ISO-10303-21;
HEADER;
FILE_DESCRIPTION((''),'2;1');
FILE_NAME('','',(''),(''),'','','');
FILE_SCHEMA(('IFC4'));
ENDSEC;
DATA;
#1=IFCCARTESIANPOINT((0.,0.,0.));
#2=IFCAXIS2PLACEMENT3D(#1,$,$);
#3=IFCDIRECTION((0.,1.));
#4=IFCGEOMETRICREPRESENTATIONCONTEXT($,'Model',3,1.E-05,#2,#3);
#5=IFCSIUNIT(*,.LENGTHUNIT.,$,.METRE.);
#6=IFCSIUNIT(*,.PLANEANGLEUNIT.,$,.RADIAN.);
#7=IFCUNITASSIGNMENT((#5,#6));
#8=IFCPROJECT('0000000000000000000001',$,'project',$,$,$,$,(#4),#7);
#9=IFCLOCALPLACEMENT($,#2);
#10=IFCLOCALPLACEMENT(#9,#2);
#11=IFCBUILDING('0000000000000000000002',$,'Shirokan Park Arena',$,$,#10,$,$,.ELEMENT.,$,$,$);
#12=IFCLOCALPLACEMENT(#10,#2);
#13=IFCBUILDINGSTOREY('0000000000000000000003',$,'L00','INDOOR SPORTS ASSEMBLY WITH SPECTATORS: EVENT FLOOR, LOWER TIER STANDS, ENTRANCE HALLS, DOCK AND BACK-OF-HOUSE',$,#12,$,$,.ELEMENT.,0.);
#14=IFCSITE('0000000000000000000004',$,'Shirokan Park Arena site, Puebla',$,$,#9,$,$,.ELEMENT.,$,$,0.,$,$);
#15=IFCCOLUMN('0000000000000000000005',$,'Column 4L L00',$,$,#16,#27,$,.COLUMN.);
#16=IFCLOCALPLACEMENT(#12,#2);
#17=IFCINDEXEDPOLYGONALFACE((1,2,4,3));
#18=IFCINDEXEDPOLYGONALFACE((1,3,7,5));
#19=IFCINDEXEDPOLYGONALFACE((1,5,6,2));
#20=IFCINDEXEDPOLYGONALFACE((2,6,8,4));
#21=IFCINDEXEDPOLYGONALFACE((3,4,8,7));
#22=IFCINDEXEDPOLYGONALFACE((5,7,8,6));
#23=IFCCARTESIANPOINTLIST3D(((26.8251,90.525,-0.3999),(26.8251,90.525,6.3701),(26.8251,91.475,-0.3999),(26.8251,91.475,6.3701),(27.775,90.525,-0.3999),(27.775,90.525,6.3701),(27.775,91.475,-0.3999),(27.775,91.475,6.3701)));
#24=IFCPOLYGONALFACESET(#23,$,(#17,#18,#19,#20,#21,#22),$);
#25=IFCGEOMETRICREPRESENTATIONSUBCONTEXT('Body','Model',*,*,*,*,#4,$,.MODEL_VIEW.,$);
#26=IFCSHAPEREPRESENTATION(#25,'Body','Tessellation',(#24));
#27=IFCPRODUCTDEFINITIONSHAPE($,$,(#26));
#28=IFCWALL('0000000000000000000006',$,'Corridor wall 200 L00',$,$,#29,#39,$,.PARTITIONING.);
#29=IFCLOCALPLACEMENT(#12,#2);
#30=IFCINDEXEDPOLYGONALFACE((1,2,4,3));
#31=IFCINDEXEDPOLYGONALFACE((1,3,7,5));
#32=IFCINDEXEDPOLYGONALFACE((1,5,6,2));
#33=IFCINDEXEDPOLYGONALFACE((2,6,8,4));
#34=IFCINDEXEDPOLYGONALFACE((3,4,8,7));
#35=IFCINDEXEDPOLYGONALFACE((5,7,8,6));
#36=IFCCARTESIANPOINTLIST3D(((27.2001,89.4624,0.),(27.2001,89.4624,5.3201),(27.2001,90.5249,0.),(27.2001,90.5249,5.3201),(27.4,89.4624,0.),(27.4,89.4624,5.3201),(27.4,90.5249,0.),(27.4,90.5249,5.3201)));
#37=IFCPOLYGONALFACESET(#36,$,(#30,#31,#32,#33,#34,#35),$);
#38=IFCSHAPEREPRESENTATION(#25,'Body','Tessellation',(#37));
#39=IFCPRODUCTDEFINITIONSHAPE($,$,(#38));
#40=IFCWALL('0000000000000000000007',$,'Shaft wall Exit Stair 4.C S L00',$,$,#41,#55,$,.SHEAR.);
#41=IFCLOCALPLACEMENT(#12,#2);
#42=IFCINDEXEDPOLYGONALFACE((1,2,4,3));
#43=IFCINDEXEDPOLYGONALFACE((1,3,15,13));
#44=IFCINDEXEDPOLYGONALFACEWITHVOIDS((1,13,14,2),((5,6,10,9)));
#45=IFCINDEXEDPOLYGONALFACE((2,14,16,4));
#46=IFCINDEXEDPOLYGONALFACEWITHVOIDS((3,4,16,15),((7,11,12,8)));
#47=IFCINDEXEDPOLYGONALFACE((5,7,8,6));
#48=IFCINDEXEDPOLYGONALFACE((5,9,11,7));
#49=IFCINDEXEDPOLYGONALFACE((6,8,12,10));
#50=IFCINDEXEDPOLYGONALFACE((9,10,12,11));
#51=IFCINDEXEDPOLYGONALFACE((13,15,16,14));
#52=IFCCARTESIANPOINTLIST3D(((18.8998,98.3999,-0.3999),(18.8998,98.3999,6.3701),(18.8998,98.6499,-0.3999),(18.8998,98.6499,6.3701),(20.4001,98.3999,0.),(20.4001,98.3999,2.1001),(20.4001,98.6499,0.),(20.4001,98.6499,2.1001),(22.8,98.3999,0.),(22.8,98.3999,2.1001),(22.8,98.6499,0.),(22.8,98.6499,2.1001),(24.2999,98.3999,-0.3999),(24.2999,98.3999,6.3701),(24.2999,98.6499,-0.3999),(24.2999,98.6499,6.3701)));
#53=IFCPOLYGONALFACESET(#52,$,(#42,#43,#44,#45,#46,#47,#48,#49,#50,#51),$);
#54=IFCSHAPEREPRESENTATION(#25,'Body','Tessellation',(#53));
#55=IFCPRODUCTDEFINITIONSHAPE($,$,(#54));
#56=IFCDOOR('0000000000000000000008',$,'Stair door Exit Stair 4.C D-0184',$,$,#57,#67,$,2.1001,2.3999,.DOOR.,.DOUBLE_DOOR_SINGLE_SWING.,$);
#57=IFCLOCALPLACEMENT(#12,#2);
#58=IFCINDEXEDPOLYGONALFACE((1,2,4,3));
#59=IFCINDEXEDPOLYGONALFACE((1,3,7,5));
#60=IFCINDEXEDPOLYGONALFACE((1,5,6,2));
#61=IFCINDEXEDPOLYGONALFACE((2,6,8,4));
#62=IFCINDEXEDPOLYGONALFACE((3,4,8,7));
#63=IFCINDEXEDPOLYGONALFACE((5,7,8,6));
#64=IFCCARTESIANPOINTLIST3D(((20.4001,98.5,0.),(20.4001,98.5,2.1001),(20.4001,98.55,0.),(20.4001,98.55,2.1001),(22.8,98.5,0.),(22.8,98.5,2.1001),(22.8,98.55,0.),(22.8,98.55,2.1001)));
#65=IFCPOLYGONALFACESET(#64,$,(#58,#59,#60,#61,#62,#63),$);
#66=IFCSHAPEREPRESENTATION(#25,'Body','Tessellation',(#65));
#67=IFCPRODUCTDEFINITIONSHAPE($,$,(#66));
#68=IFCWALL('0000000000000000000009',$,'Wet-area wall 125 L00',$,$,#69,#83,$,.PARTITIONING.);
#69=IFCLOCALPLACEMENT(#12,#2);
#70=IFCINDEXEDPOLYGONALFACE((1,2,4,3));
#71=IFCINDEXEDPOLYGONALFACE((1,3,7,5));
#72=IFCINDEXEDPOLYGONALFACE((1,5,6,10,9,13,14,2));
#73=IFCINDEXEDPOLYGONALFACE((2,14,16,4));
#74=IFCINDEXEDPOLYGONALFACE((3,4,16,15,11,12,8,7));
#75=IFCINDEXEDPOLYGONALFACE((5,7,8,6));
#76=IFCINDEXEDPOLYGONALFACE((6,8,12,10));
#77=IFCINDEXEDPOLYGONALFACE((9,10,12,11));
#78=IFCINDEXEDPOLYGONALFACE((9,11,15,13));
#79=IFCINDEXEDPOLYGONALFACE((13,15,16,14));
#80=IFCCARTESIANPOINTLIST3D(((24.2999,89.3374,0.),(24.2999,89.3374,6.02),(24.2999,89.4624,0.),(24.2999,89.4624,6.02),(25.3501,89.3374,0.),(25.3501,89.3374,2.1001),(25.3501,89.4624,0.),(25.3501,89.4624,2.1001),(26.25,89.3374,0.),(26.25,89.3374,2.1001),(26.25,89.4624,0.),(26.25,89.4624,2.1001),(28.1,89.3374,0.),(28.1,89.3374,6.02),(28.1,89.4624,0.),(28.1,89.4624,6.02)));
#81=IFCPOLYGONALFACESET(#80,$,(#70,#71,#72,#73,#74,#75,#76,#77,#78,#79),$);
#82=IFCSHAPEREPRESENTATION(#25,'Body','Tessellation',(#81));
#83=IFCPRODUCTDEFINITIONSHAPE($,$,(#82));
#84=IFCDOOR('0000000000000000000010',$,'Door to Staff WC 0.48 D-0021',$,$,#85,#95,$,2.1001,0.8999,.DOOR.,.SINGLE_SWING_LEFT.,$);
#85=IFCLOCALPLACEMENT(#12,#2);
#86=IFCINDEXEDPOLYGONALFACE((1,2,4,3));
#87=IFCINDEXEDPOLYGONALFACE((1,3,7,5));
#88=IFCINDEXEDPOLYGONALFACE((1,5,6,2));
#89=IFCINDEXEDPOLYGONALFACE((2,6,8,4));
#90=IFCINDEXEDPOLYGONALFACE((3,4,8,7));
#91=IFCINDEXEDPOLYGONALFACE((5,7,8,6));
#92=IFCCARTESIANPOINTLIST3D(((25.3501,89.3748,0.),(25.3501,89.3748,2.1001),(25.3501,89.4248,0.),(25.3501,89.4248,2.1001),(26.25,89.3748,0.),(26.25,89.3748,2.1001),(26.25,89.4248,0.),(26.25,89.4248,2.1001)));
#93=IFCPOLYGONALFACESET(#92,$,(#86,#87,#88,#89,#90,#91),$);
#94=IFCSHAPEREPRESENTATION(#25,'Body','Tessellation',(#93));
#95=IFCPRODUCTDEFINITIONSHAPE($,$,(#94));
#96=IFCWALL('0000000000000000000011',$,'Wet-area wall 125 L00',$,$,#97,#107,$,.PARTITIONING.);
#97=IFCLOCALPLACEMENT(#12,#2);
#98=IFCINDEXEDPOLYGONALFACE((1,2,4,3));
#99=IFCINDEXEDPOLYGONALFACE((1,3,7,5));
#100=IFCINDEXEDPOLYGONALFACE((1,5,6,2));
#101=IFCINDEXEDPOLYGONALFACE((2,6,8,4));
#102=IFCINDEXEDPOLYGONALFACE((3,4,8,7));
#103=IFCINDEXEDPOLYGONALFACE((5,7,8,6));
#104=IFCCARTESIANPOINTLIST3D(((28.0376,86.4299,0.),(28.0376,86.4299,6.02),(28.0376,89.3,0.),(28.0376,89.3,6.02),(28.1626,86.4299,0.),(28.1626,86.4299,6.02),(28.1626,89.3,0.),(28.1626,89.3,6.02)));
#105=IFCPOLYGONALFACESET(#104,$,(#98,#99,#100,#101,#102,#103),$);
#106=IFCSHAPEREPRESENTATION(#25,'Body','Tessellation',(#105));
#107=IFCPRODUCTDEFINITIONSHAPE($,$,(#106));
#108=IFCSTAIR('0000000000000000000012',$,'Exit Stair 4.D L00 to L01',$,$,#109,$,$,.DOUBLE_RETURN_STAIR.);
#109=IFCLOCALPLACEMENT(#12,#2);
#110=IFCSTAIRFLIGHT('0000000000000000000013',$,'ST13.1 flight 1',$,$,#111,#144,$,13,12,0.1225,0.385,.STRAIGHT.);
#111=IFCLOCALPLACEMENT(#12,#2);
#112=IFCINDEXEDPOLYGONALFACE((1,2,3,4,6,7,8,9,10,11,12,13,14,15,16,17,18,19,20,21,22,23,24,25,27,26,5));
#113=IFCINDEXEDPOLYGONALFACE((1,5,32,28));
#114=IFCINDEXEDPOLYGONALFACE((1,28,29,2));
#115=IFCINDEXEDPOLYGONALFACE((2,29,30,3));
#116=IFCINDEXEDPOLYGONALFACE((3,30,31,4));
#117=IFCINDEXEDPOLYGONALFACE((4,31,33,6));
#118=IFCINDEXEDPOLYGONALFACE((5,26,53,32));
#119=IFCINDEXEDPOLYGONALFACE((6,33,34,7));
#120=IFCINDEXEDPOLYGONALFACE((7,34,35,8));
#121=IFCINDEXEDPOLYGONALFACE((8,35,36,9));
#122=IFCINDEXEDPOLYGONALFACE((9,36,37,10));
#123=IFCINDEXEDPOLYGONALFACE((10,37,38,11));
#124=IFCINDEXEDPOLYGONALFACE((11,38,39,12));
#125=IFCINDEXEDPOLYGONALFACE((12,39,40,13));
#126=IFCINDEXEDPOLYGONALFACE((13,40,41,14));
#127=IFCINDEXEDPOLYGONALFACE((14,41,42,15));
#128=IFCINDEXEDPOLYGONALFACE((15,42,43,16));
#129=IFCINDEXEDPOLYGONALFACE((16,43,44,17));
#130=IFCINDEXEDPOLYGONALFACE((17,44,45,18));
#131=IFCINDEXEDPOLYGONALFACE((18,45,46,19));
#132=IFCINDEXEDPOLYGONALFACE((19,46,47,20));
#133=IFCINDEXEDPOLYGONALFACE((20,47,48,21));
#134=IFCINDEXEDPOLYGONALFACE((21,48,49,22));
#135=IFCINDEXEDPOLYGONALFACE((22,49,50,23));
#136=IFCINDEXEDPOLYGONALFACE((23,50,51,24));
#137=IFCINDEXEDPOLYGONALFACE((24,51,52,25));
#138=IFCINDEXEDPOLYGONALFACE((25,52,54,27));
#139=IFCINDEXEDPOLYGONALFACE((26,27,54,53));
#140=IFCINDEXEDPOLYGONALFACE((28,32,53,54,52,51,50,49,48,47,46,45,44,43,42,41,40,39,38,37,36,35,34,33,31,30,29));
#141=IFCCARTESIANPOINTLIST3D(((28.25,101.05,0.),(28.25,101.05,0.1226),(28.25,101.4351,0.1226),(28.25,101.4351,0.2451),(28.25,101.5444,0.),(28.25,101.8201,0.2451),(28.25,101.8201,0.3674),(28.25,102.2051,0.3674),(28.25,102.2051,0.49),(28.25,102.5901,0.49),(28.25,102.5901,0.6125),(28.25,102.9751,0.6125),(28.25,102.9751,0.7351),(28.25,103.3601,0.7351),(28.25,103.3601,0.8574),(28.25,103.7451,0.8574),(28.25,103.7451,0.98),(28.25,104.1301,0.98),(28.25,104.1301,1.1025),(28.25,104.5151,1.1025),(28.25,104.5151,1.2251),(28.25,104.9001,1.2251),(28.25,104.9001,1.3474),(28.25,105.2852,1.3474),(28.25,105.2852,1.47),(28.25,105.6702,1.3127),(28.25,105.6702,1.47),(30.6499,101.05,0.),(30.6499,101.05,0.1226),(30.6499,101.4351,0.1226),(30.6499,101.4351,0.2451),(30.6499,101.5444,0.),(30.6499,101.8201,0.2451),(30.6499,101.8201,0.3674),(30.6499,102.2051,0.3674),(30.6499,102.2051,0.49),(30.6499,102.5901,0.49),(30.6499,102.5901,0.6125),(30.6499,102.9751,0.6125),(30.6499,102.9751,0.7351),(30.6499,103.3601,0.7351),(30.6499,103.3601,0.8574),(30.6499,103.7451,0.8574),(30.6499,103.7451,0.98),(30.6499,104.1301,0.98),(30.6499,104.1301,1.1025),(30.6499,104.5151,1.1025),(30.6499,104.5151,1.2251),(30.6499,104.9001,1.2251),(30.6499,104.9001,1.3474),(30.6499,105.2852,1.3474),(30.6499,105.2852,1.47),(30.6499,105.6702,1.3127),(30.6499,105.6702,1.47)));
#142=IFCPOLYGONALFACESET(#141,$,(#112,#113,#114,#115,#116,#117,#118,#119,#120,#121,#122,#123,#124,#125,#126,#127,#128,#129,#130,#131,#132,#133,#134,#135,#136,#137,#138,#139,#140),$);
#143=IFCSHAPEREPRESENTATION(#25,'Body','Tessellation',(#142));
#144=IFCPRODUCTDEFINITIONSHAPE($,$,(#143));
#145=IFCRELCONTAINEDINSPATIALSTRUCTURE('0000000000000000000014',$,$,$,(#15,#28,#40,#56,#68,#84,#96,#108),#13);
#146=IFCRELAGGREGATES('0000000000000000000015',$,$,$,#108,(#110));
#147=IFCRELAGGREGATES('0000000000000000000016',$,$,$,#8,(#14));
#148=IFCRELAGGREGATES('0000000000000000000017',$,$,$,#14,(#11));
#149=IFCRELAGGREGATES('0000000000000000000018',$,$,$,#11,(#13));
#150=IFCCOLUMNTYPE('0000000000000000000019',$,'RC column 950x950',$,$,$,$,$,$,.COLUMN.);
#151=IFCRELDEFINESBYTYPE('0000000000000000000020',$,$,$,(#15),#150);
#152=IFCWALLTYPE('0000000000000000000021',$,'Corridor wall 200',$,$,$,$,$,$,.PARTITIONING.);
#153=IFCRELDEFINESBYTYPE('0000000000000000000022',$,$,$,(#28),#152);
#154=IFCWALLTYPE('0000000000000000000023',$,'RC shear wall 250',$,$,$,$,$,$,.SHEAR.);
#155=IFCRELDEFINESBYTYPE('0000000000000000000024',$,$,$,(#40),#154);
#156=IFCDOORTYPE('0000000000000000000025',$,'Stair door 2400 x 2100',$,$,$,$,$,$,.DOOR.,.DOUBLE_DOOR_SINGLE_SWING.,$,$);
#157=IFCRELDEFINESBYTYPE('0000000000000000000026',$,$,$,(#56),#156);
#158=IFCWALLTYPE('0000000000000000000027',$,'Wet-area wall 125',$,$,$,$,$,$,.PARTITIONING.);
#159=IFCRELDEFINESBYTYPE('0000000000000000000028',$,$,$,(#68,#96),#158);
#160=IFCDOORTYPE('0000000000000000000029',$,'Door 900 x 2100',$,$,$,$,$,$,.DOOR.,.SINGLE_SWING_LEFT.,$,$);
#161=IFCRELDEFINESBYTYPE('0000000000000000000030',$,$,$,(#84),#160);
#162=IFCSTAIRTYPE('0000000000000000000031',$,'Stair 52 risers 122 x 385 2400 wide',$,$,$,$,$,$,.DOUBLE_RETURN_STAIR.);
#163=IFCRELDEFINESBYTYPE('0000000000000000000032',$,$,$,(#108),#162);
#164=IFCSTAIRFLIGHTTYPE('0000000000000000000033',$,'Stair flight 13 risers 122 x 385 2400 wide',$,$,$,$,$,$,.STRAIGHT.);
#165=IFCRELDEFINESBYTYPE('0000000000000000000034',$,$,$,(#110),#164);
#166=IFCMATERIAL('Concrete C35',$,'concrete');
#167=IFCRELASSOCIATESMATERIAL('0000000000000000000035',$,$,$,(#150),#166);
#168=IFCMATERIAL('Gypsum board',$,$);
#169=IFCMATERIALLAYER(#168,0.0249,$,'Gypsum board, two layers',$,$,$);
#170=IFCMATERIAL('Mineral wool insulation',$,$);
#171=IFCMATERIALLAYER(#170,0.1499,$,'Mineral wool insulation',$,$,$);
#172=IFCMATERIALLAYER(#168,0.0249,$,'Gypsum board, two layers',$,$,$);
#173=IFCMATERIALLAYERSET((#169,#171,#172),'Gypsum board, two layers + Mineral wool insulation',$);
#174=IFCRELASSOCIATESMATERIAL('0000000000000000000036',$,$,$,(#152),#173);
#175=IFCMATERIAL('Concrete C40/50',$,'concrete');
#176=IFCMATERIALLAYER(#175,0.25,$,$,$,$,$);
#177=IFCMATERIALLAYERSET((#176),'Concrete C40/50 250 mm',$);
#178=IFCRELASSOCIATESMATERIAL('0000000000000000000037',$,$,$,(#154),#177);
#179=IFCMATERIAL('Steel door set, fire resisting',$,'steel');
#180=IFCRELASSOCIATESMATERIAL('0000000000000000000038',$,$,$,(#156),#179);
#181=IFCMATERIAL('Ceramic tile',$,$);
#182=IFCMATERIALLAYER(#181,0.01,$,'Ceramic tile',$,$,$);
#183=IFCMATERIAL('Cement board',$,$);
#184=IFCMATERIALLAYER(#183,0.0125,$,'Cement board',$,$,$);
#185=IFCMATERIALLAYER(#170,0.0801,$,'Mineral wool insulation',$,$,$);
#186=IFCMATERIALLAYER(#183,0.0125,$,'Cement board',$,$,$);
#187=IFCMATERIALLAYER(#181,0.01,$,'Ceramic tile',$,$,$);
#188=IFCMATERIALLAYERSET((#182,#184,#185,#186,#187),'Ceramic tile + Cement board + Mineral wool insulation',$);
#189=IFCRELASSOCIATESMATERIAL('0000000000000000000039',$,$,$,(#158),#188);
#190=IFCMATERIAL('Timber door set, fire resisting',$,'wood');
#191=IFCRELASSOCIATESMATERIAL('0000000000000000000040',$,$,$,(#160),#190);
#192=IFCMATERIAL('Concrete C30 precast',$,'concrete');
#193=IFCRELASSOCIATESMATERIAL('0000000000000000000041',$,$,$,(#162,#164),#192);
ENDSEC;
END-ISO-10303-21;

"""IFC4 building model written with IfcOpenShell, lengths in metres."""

from ifc_helpers import new_model, si_unit, direction, frame, frame_2d, origin, origin_2d, place, context, subcontext, project, spatial, polyline, rectangle, outline, extrude, material, layer, layer_set, material_profile, profile_set, type_object, element, fill, aggregate, save


model = new_model("IFC4")

# Units and contexts
model_context = context("Model", 3, precision=1e-05, world=origin(), true_north=direction((0.0, 1.0)))
body_context = subcontext(model_context, "Body", "Model", "MODEL_VIEW")
ifc_project = project(units=[si_unit("LENGTHUNIT", "METRE"), si_unit("PLANEANGLEUNIT", "RADIAN")], contexts=[model_context])

# Site, building, storey
site_placement = place(None, origin())
site = spatial("IfcSite", under=ifc_project, at=site_placement, Name="Shirokan Park Arena site, Puebla", CompositionType="ELEMENT", RefElevation=0.0)
building_placement = place(site_placement, origin())
building = spatial("IfcBuilding", under=site, at=building_placement, Name="Shirokan Park Arena", CompositionType="ELEMENT")
storey_placement = place(building_placement, origin())
storey = spatial("IfcBuildingStorey", under=building, at=storey_placement, Name="L00", Description="INDOOR SPORTS ASSEMBLY WITH SPECTATORS: EVENT FLOOR, LOWER TIER STANDS, ENTRANCE HALLS, DOCK AND BACK-OF-HOUSE", CompositionType="ELEMENT", Elevation=0.0)

# Column
ifc_material_1 = material(Name="Concrete C35", Category="concrete")
ifc_material_profile_1 = material_profile(ifc_material_1, rectangle(XDim=0.95, YDim=0.95, at=origin_2d()), Name="950x950")
ifc_profile_set_1 = profile_set([ifc_material_profile_1], Name="Concrete C35")
column_type_1 = type_object("IfcColumnType", Name="RC column 950x950", PredefinedType="COLUMN", material=ifc_profile_set_1)
column_1_placement = place(storey_placement, frame((27.3, 91.0, -0.3999), z_axis=(0.0, 0.0, 1.0), x_axis=(1.0, 0.0, 0.0)))
element("IfcColumn", 1, at=column_1_placement, inside=storey, type_object=column_type_1, Name="Column 4L L00", PredefinedType="COLUMN", context=body_context, shape_type="SweptSolid", body=[
    extrude(rectangle(XDim=0.95, YDim=0.95, at=origin_2d()), origin(), (0.0, 0.0, 1.0), 6.77),
])

# Wall
ifc_material_2 = material(Name="Gypsum board")
ifc_layer_1 = layer(ifc_material_2, 0.0249, Name="Gypsum board, two layers")
ifc_material_3 = material(Name="Mineral wool insulation")
ifc_layer_2 = layer(ifc_material_3, 0.1499, Name="Mineral wool insulation")
ifc_layer_3 = layer(ifc_material_2, 0.0249, Name="Gypsum board, two layers")
ifc_layer_set_1 = layer_set([ifc_layer_1, ifc_layer_2, ifc_layer_3], Name="Gypsum board, two layers + Mineral wool insulation")
wall_type_1 = type_object("IfcWallType", Name="Corridor wall 200", PredefinedType="PARTITIONING", material=ifc_layer_set_1)
wall_1_placement = place(storey_placement, frame((27.3, 90.5249, 0.0), z_axis=(0.0, 0.0, 1.0), x_axis=(0.0, -1.0, 0.0)))
element("IfcWall", 2, at=wall_1_placement, inside=storey, type_object=wall_type_1, Name="Corridor wall 200 L00", PredefinedType="PARTITIONING", context=body_context, shape_type="SweptSolid", body=[
    extrude(rectangle(XDim=1.0625, YDim=0.2, at=frame_2d((0.5312, 0.0))), origin(), (0.0, 0.0, 1.0), 5.3201),
])

# Walls, openings, doors
ifc_material_4 = material(Name="Concrete C40/50", Category="concrete")
ifc_layer_4 = layer(ifc_material_4, 0.25)
ifc_layer_set_2 = layer_set([ifc_layer_4], Name="Concrete C40/50 250 mm")
wall_type_2 = type_object("IfcWallType", Name="RC shear wall 250", PredefinedType="SHEAR", material=ifc_layer_set_2)
wall_2_placement = place(storey_placement, frame((24.3, 98.5249, -0.3999), z_axis=(0.0, 0.0, 1.0), x_axis=(-1.0, 0.0, 0.0)))
wall_2 = element("IfcWall", 3, at=wall_2_placement, inside=storey, type_object=wall_type_2, Name="Shaft wall Exit Stair 4.C S L00", PredefinedType="SHEAR", context=body_context, shape_type="SweptSolid", body=[
    extrude(rectangle(XDim=5.4001, YDim=0.25, at=frame_2d((2.7002, 0.0))), origin(), (0.0, 0.0, 1.0), 6.77),
])
opening_1_placement = place(wall_2_placement, frame((1.5, 0.0, 0.3999)))
opening_1 = element("IfcOpeningElement", 4, at=opening_1_placement, cuts=wall_2, PredefinedType="OPENING", context=body_context, shape_type="SweptSolid", body=[
    extrude(rectangle(XDim=2.3999, YDim=2.1001, at=frame_2d((1.2, 1.05))), frame((0.0, 0.135, 0.0), z_axis=(0.0, -1.0, 0.0), x_axis=(1.0, 0.0, 0.0)), (0.0, 0.0, 1.0), 0.27),
])
ifc_material_5 = material(Name="Steel door set, fire resisting", Category="steel")
door_type_1 = type_object("IfcDoorType", Name="Stair door 2400 x 2100", OperationType="DOUBLE_DOOR_SINGLE_SWING", PredefinedType="DOOR", material=ifc_material_5)
door_1_placement = place(opening_1_placement, origin())
door_1 = element("IfcDoor", 5, at=door_1_placement, inside=storey, type_object=door_type_1, Name="Stair door Exit Stair 4.C D-0184", OperationType="DOUBLE_DOOR_SINGLE_SWING", OverallHeight=2.1001, OverallWidth=2.3999, PredefinedType="DOOR", context=body_context, shape_type="SweptSolid", body=[
    extrude(rectangle(XDim=2.3999, YDim=2.1001, at=frame_2d((1.2, 1.05))), frame((0.0, 0.0249, 0.0), z_axis=(0.0, -1.0, 0.0), x_axis=(1.0, 0.0, 0.0)), (0.0, 0.0, 1.0), 0.05),
])
fill(opening_1, door_1)
ifc_material_6 = material(Name="Ceramic tile")
ifc_layer_5 = layer(ifc_material_6, 0.01, Name="Ceramic tile")
ifc_material_7 = material(Name="Cement board")
ifc_layer_6 = layer(ifc_material_7, 0.0125, Name="Cement board")
ifc_layer_7 = layer(ifc_material_3, 0.0801, Name="Mineral wool insulation")
ifc_layer_8 = layer(ifc_material_7, 0.0125, Name="Cement board")
ifc_layer_9 = layer(ifc_material_6, 0.01, Name="Ceramic tile")
ifc_layer_set_3 = layer_set([ifc_layer_5, ifc_layer_6, ifc_layer_7, ifc_layer_8, ifc_layer_9], Name="Ceramic tile + Cement board + Mineral wool insulation")
wall_type_3 = type_object("IfcWallType", Name="Wet-area wall 125", PredefinedType="PARTITIONING", material=ifc_layer_set_3)
wall_3_placement = place(storey_placement, frame((24.3, 89.3999, 0.0), z_axis=(0.0, 0.0, 1.0), x_axis=(1.0, 0.0, 0.0)))
wall_3 = element("IfcWall", 6, at=wall_3_placement, inside=storey, type_object=wall_type_3, Name="Wet-area wall 125 L00", PredefinedType="PARTITIONING", context=body_context, shape_type="SweptSolid", body=[
    extrude(rectangle(XDim=3.8, YDim=0.125, at=frame_2d((1.8999, 0.0))), origin(), (0.0, 0.0, 1.0), 6.02),
])
opening_2_placement = place(wall_3_placement, frame((1.05, 0.0, 0.0)))
opening_2 = element("IfcOpeningElement", 7, at=opening_2_placement, cuts=wall_3, PredefinedType="OPENING", context=body_context, shape_type="SweptSolid", body=[
    extrude(rectangle(XDim=0.8999, YDim=2.1001, at=frame_2d((0.45, 1.05))), frame((0.0, 0.0725, 0.0), z_axis=(0.0, -1.0, 0.0), x_axis=(1.0, 0.0, 0.0)), (0.0, 0.0, 1.0), 0.145),
])
ifc_material_8 = material(Name="Timber door set, fire resisting", Category="wood")
door_type_2 = type_object("IfcDoorType", Name="Door 900 x 2100", OperationType="SINGLE_SWING_LEFT", PredefinedType="DOOR", material=ifc_material_8)
door_2_placement = place(opening_2_placement, origin())
door_2 = element("IfcDoor", 8, at=door_2_placement, inside=storey, type_object=door_type_2, Name="Door to Staff WC 0.48 D-0021", OperationType="SINGLE_SWING_LEFT", OverallHeight=2.1001, OverallWidth=0.8999, PredefinedType="DOOR", context=body_context, shape_type="SweptSolid", body=[
    extrude(rectangle(XDim=0.8999, YDim=2.1001, at=frame_2d((0.45, 1.05))), frame((0.0, 0.0249, 0.0), z_axis=(0.0, -1.0, 0.0), x_axis=(1.0, 0.0, 0.0)), (0.0, 0.0, 1.0), 0.05),
])
fill(opening_2, door_2)

# Wall
wall_4_placement = place(storey_placement, frame((28.1001, 89.3, 0.0), z_axis=(0.0, 0.0, 1.0), x_axis=(0.0, -1.0, 0.0)))
element("IfcWall", 9, at=wall_4_placement, inside=storey, type_object=wall_type_3, Name="Wet-area wall 125 L00", PredefinedType="PARTITIONING", context=body_context, shape_type="SweptSolid", body=[
    extrude(rectangle(XDim=2.8701, YDim=0.125, at=frame_2d((1.4351, 0.0))), origin(), (0.0, 0.0, 1.0), 6.02),
])

# Stair, stair flight
ifc_material_9 = material(Name="Concrete C30 precast", Category="concrete")
stair_type = type_object("IfcStairType", Name="Stair 52 risers 122 x 385 2400 wide", PredefinedType="DOUBLE_RETURN_STAIR", material=ifc_material_9)
stair_placement = place(storey_placement, origin())
stair = element("IfcStair", 10, at=stair_placement, inside=storey, type_object=stair_type, Name="Exit Stair 4.D L00 to L01", PredefinedType="DOUBLE_RETURN_STAIR")
stair_flight_type = type_object("IfcStairFlightType", Name="Stair flight 13 risers 122 x 385 2400 wide", PredefinedType="STRAIGHT", material=ifc_material_9)
stair_flight_1_placement = place(storey_placement, frame((29.45, 101.05, 0.0), z_axis=(0.0, 0.0, 1.0), x_axis=(0.0, 1.0, 0.0)))
stair_flight_1 = element("IfcStairFlight", 11, at=stair_flight_1_placement, type_object=stair_flight_type, Name="ST13.1 flight 1", NumberOfRisers=13, NumberOfTreads=12, PredefinedType="STRAIGHT", RiserHeight=0.1225, TreadLength=0.385, context=body_context, shape_type="SweptSolid", body=[
    extrude(outline(polyline([(0.0, 0.0), (0.0, 0.1226), (0.385, 0.1226), (0.385, 0.2451), (0.77, 0.2451), (0.77, 0.3674), (1.155, 0.3674), (1.155, 0.49), (1.54, 0.49), (1.54, 0.6125), (1.925, 0.6125), (1.925, 0.7351), (2.3101, 0.7351), (2.3101, 0.8574), (2.6951, 0.8574), (2.6951, 0.98), (3.0801, 0.98), (3.0801, 1.1025), (3.4651, 1.1025), (3.4651, 1.2251), (3.8501, 1.2251), (3.8501, 1.3474), (4.2351, 1.3474), (4.2351, 1.47), (4.6201, 1.47), (4.6201, 1.5925), (4.6201, 1.3127), (0.4944, 0.0), (0.0, 0.0)])), frame((0.0, 1.2, 0.0), z_axis=(0.0, -1.0, 0.0), x_axis=(1.0, 0.0, 0.0)), (0.0, 0.0, 1.0), 2.3999),
])
aggregate(stair, [stair_flight_1])

save(model, "model.ifc")
